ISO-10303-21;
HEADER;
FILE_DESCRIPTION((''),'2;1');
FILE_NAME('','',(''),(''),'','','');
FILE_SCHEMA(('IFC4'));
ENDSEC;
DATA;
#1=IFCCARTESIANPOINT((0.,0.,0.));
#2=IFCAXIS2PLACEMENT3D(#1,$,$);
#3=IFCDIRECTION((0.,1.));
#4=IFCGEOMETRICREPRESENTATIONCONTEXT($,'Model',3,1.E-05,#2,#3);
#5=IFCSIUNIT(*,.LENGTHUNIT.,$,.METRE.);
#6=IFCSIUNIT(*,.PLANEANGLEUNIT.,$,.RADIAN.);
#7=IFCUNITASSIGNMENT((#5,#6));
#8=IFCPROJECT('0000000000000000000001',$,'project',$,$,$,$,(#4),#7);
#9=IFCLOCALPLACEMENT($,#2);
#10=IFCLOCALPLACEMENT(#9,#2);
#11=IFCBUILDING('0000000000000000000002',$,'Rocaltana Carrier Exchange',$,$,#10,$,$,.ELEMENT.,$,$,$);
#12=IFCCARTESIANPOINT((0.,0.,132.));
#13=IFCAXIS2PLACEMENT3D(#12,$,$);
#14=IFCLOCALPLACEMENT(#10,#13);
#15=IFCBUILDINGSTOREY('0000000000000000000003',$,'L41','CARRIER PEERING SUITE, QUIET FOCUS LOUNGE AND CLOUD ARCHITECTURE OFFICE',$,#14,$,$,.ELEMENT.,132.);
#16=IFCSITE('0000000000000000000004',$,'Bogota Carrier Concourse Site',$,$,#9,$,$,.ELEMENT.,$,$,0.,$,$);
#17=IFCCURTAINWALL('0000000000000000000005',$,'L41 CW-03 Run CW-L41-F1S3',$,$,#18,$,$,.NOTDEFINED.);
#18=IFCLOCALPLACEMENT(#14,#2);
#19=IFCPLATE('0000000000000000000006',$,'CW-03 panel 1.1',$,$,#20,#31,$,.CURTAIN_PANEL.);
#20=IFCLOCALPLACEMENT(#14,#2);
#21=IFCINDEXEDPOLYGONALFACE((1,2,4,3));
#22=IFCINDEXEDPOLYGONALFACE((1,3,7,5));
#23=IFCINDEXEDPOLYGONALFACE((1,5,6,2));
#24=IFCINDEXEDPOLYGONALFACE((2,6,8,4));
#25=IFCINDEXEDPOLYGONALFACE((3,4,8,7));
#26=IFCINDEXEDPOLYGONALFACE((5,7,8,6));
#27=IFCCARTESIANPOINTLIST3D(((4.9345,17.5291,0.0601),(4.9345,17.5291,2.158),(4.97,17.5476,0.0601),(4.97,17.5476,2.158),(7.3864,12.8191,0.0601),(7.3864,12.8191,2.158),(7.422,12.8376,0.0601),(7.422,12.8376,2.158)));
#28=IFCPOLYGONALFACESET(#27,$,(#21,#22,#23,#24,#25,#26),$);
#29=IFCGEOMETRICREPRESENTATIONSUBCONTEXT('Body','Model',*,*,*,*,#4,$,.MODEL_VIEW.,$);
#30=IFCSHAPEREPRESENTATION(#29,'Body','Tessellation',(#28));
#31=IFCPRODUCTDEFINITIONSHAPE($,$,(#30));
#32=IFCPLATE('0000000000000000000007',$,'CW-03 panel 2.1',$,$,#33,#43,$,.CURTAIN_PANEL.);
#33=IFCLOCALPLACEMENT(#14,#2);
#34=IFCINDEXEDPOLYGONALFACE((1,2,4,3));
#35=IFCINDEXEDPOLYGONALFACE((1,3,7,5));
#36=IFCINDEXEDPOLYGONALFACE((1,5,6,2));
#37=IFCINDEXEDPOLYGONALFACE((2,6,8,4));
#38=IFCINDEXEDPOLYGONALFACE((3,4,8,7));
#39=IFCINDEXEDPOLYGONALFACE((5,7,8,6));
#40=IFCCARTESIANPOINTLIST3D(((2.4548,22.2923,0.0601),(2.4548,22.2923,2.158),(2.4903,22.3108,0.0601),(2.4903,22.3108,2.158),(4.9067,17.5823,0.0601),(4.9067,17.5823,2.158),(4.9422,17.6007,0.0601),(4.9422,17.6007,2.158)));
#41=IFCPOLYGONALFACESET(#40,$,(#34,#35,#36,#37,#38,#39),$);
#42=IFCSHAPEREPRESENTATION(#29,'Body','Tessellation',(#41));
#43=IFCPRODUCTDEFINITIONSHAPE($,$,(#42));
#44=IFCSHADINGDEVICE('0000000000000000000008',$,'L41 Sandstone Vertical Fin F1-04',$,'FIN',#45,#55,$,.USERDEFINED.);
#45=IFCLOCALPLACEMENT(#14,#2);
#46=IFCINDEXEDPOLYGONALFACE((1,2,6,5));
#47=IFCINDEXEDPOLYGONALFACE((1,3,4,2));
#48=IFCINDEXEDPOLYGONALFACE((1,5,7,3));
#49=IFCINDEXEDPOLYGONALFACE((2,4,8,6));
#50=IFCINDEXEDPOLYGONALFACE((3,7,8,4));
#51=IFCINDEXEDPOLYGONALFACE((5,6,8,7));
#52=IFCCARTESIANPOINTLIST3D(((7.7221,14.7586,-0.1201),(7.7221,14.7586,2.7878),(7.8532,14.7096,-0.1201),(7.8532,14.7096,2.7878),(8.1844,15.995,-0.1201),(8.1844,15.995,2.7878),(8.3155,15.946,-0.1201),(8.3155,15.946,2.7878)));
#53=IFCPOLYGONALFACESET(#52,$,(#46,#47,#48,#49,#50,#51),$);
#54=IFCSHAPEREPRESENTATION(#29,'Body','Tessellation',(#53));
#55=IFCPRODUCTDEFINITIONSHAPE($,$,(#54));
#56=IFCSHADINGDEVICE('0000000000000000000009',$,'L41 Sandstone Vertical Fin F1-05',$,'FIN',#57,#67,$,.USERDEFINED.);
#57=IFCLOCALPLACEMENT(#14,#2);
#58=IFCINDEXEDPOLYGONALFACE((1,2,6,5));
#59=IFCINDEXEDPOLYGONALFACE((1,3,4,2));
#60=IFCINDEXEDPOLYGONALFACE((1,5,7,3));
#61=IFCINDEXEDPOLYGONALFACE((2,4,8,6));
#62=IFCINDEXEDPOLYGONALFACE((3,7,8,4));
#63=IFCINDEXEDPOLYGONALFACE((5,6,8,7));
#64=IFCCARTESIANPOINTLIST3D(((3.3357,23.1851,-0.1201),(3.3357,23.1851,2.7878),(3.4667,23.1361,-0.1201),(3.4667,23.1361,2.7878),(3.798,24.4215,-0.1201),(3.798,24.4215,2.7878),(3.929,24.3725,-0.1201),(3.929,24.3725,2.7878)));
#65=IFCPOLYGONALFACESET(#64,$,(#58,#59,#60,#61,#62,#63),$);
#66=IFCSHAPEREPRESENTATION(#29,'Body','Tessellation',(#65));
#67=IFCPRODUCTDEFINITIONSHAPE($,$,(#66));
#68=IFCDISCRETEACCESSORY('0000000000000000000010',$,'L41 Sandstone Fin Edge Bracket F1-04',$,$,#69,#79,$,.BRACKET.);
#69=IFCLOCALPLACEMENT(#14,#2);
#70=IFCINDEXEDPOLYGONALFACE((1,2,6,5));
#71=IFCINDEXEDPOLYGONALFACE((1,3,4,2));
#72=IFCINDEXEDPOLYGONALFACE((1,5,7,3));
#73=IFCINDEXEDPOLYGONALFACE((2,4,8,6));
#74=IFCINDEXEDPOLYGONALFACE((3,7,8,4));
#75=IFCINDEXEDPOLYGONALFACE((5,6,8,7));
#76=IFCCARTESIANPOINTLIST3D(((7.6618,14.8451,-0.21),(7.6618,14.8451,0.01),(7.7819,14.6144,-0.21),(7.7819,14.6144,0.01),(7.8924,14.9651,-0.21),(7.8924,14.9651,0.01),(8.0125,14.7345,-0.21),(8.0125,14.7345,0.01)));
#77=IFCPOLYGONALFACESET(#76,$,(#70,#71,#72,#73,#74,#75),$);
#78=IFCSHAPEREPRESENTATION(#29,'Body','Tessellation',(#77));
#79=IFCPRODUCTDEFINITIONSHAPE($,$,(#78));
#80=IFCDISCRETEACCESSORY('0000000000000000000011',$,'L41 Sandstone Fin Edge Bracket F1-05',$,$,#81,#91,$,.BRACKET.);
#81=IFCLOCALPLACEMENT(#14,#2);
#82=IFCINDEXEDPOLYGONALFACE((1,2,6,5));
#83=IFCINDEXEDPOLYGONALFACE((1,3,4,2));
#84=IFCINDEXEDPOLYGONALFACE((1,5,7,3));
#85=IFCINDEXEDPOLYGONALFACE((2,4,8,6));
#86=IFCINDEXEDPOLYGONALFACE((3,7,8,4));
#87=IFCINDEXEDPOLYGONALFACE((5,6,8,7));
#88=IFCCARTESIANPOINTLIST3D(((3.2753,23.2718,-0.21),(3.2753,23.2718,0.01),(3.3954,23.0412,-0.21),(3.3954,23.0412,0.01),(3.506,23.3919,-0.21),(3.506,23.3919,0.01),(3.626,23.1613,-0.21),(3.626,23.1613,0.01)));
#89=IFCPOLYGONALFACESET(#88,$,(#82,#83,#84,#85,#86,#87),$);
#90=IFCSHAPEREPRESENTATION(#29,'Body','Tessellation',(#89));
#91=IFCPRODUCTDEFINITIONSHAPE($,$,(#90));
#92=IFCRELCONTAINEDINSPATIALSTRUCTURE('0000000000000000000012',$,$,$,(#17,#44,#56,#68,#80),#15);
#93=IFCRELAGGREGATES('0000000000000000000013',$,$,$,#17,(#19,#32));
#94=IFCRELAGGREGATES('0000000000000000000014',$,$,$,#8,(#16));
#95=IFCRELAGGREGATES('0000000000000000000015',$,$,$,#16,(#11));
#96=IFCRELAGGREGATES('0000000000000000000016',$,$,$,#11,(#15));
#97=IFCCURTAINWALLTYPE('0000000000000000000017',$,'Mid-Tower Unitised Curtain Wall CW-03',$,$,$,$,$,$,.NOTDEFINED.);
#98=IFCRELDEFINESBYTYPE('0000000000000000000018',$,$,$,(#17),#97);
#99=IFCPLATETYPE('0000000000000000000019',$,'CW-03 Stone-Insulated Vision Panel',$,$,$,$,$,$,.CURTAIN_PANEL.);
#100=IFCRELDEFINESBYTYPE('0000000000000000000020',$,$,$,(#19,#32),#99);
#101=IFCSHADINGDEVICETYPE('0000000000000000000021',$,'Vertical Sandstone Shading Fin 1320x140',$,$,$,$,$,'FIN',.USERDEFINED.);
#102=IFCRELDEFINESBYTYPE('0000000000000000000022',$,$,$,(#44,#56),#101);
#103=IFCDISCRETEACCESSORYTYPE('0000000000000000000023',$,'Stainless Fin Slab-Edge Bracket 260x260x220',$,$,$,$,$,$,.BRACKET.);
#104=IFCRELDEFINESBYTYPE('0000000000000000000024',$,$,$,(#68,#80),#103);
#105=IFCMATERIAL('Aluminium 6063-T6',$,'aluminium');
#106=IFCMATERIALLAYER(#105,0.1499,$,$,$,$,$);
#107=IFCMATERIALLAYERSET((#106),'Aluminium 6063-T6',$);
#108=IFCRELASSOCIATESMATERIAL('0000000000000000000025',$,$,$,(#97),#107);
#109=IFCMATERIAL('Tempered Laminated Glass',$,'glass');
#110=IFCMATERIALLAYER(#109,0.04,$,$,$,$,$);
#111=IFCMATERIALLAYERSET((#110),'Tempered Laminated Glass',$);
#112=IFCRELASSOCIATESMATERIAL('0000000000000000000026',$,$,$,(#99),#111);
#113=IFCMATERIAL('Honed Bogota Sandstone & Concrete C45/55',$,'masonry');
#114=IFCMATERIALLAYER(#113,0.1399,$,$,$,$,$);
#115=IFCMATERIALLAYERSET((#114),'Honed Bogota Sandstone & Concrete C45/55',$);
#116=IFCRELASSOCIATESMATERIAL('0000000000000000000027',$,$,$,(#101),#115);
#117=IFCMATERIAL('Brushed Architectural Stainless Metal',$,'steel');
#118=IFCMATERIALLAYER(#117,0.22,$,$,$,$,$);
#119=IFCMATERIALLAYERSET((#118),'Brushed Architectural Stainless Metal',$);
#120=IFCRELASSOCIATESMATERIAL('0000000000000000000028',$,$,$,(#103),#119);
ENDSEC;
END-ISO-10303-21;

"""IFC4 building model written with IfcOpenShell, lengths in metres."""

from ifc_helpers import new_model, si_unit, direction, frame, origin, origin_2d, place, context, subcontext, project, spatial, rectangle, extrude, material, layer, layer_set, type_object, element, aggregate, save


model = new_model("IFC4")

# Units and contexts
model_context = context("Model", 3, precision=1e-05, world=origin(), true_north=direction((0.0, 1.0)))
body_context = subcontext(model_context, "Body", "Model", "MODEL_VIEW")
ifc_project = project(units=[si_unit("LENGTHUNIT", "METRE"), si_unit("PLANEANGLEUNIT", "RADIAN")], contexts=[model_context])

# Site, building, storey
site_placement = place(None, origin())
site = spatial("IfcSite", under=ifc_project, at=site_placement, Name="Bogota Carrier Concourse Site", CompositionType="ELEMENT", RefElevation=0.0)
building_placement = place(site_placement, origin())
building = spatial("IfcBuilding", under=site, at=building_placement, Name="Rocaltana Carrier Exchange", CompositionType="ELEMENT")
storey_placement = place(building_placement, frame((0.0, 0.0, 132.0)))
storey = spatial("IfcBuildingStorey", under=building, at=storey_placement, Name="L41", Description="CARRIER PEERING SUITE, QUIET FOCUS LOUNGE AND CLOUD ARCHITECTURE OFFICE", CompositionType="ELEMENT", Elevation=132.0)

# Curtain wall
ifc_material_1 = material(Name="Aluminium 6063-T6", Category="aluminium")
ifc_layer_1 = layer(ifc_material_1, 0.1499)
ifc_layer_set_1 = layer_set([ifc_layer_1], Name="Aluminium 6063-T6")
curtain_wall_type = type_object("IfcCurtainWallType", Name="Mid-Tower Unitised Curtain Wall CW-03", PredefinedType="NOTDEFINED", material=ifc_layer_set_1)
curtain_wall_placement = place(storey_placement, origin())
curtain_wall = element("IfcCurtainWall", 1, at=curtain_wall_placement, inside=storey, type_object=curtain_wall_type, Name="L41 CW-03 Run CW-L41-F1S3", PredefinedType="NOTDEFINED")

# Plates
ifc_material_2 = material(Name="Tempered Laminated Glass", Category="glass")
ifc_layer_2 = layer(ifc_material_2, 0.04)
ifc_layer_set_2 = layer_set([ifc_layer_2], Name="Tempered Laminated Glass")
plate_type = type_object("IfcPlateType", Name="CW-03 Stone-Insulated Vision Panel", PredefinedType="CURTAIN_PANEL", material=ifc_layer_set_2)
plate_1_placement = place(storey_placement, frame((6.1782, 15.1833, 0.0601), z_axis=(0.0, 0.0, 1.0), x_axis=(-0.461754, 0.887008, 0.0)))
plate_1 = element("IfcPlate", 2, at=plate_1_placement, type_object=plate_type, Name="CW-03 panel 1.1", PredefinedType="CURTAIN_PANEL", context=body_context, shape_type="SweptSolid", body=[
    extrude(rectangle(XDim=5.3101, YDim=0.04, at=origin_2d()), origin(), (0.0, 0.0, 1.0), 2.0979),
])
plate_2_placement = place(storey_placement, frame((3.6985, 19.9465, 0.0601), z_axis=(0.0, 0.0, 1.0), x_axis=(-0.461754, 0.887008, 0.0)))
plate_2 = element("IfcPlate", 3, at=plate_2_placement, type_object=plate_type, Name="CW-03 panel 2.1", PredefinedType="CURTAIN_PANEL", context=body_context, shape_type="SweptSolid", body=[
    extrude(rectangle(XDim=5.3101, YDim=0.04, at=origin_2d()), origin(), (0.0, 0.0, 1.0), 2.0979),
])
aggregate(curtain_wall, [plate_1, plate_2])

# Shading devices
ifc_material_3 = material(Name="Honed Bogota Sandstone & Concrete C45/55", Category="masonry")
ifc_layer_3 = layer(ifc_material_3, 0.1399)
ifc_layer_set_3 = layer_set([ifc_layer_3], Name="Honed Bogota Sandstone & Concrete C45/55")
shading_device_type = type_object("IfcShadingDeviceType", Name="Vertical Sandstone Shading Fin 1320x140", ElementType="FIN", PredefinedType="USERDEFINED", material=ifc_layer_set_3)
for number, where, z_axis, x_axis, name in (
    (4, (8.0188, 15.3523, -0.1201), (0.0, 0.0, 1.0), (0.350207, 0.936672, 0.0), "L41 Sandstone Vertical Fin F1-04"),
    (5, (3.6323, 23.7788, -0.1201), (0.0, 0.0, 1.0), (0.350207, 0.936672, 0.0), "L41 Sandstone Vertical Fin F1-05"),
):
    element("IfcShadingDevice", number, at=place(storey_placement, frame(where, z_axis=z_axis, x_axis=x_axis)), inside=storey, type_object=shading_device_type, Name=name, ObjectType="FIN", PredefinedType="USERDEFINED", context=body_context, shape_type="SweptSolid", body=[
        extrude(rectangle(XDim=1.3201, YDim=0.1399, at=origin_2d()), origin(), (0.0, 0.0, 1.0), 2.908),
    ])

# Discrete accessories
ifc_material_4 = material(Name="Brushed Architectural Stainless Metal", Category="steel")
ifc_layer_4 = layer(ifc_material_4, 0.22)
ifc_layer_set_4 = layer_set([ifc_layer_4], Name="Brushed Architectural Stainless Metal")
discrete_accessory_type = type_object("IfcDiscreteAccessoryType", Name="Stainless Fin Slab-Edge Bracket 260x260x220", PredefinedType="BRACKET", material=ifc_layer_set_4)
for number, where, z_axis, x_axis, name in (
    (6, (7.8372, 14.7898, -0.21), (0.0, 0.0, 1.0), (-0.461749, 0.887011, 0.0), "L41 Sandstone Fin Edge Bracket F1-04"),
    (7, (3.4507, 23.2166, -0.21), (0.0, 0.0, 1.0), (-0.461749, 0.887011, 0.0), "L41 Sandstone Fin Edge Bracket F1-05"),
):
    element("IfcDiscreteAccessory", number, at=place(storey_placement, frame(where, z_axis=z_axis, x_axis=x_axis)), inside=storey, type_object=discrete_accessory_type, Name=name, PredefinedType="BRACKET", context=body_context, shape_type="SweptSolid", body=[
        extrude(rectangle(XDim=0.26, YDim=0.26, at=origin_2d()), origin(), (0.0, 0.0, 1.0), 0.22),
    ])

save(model, "model.ifc")
